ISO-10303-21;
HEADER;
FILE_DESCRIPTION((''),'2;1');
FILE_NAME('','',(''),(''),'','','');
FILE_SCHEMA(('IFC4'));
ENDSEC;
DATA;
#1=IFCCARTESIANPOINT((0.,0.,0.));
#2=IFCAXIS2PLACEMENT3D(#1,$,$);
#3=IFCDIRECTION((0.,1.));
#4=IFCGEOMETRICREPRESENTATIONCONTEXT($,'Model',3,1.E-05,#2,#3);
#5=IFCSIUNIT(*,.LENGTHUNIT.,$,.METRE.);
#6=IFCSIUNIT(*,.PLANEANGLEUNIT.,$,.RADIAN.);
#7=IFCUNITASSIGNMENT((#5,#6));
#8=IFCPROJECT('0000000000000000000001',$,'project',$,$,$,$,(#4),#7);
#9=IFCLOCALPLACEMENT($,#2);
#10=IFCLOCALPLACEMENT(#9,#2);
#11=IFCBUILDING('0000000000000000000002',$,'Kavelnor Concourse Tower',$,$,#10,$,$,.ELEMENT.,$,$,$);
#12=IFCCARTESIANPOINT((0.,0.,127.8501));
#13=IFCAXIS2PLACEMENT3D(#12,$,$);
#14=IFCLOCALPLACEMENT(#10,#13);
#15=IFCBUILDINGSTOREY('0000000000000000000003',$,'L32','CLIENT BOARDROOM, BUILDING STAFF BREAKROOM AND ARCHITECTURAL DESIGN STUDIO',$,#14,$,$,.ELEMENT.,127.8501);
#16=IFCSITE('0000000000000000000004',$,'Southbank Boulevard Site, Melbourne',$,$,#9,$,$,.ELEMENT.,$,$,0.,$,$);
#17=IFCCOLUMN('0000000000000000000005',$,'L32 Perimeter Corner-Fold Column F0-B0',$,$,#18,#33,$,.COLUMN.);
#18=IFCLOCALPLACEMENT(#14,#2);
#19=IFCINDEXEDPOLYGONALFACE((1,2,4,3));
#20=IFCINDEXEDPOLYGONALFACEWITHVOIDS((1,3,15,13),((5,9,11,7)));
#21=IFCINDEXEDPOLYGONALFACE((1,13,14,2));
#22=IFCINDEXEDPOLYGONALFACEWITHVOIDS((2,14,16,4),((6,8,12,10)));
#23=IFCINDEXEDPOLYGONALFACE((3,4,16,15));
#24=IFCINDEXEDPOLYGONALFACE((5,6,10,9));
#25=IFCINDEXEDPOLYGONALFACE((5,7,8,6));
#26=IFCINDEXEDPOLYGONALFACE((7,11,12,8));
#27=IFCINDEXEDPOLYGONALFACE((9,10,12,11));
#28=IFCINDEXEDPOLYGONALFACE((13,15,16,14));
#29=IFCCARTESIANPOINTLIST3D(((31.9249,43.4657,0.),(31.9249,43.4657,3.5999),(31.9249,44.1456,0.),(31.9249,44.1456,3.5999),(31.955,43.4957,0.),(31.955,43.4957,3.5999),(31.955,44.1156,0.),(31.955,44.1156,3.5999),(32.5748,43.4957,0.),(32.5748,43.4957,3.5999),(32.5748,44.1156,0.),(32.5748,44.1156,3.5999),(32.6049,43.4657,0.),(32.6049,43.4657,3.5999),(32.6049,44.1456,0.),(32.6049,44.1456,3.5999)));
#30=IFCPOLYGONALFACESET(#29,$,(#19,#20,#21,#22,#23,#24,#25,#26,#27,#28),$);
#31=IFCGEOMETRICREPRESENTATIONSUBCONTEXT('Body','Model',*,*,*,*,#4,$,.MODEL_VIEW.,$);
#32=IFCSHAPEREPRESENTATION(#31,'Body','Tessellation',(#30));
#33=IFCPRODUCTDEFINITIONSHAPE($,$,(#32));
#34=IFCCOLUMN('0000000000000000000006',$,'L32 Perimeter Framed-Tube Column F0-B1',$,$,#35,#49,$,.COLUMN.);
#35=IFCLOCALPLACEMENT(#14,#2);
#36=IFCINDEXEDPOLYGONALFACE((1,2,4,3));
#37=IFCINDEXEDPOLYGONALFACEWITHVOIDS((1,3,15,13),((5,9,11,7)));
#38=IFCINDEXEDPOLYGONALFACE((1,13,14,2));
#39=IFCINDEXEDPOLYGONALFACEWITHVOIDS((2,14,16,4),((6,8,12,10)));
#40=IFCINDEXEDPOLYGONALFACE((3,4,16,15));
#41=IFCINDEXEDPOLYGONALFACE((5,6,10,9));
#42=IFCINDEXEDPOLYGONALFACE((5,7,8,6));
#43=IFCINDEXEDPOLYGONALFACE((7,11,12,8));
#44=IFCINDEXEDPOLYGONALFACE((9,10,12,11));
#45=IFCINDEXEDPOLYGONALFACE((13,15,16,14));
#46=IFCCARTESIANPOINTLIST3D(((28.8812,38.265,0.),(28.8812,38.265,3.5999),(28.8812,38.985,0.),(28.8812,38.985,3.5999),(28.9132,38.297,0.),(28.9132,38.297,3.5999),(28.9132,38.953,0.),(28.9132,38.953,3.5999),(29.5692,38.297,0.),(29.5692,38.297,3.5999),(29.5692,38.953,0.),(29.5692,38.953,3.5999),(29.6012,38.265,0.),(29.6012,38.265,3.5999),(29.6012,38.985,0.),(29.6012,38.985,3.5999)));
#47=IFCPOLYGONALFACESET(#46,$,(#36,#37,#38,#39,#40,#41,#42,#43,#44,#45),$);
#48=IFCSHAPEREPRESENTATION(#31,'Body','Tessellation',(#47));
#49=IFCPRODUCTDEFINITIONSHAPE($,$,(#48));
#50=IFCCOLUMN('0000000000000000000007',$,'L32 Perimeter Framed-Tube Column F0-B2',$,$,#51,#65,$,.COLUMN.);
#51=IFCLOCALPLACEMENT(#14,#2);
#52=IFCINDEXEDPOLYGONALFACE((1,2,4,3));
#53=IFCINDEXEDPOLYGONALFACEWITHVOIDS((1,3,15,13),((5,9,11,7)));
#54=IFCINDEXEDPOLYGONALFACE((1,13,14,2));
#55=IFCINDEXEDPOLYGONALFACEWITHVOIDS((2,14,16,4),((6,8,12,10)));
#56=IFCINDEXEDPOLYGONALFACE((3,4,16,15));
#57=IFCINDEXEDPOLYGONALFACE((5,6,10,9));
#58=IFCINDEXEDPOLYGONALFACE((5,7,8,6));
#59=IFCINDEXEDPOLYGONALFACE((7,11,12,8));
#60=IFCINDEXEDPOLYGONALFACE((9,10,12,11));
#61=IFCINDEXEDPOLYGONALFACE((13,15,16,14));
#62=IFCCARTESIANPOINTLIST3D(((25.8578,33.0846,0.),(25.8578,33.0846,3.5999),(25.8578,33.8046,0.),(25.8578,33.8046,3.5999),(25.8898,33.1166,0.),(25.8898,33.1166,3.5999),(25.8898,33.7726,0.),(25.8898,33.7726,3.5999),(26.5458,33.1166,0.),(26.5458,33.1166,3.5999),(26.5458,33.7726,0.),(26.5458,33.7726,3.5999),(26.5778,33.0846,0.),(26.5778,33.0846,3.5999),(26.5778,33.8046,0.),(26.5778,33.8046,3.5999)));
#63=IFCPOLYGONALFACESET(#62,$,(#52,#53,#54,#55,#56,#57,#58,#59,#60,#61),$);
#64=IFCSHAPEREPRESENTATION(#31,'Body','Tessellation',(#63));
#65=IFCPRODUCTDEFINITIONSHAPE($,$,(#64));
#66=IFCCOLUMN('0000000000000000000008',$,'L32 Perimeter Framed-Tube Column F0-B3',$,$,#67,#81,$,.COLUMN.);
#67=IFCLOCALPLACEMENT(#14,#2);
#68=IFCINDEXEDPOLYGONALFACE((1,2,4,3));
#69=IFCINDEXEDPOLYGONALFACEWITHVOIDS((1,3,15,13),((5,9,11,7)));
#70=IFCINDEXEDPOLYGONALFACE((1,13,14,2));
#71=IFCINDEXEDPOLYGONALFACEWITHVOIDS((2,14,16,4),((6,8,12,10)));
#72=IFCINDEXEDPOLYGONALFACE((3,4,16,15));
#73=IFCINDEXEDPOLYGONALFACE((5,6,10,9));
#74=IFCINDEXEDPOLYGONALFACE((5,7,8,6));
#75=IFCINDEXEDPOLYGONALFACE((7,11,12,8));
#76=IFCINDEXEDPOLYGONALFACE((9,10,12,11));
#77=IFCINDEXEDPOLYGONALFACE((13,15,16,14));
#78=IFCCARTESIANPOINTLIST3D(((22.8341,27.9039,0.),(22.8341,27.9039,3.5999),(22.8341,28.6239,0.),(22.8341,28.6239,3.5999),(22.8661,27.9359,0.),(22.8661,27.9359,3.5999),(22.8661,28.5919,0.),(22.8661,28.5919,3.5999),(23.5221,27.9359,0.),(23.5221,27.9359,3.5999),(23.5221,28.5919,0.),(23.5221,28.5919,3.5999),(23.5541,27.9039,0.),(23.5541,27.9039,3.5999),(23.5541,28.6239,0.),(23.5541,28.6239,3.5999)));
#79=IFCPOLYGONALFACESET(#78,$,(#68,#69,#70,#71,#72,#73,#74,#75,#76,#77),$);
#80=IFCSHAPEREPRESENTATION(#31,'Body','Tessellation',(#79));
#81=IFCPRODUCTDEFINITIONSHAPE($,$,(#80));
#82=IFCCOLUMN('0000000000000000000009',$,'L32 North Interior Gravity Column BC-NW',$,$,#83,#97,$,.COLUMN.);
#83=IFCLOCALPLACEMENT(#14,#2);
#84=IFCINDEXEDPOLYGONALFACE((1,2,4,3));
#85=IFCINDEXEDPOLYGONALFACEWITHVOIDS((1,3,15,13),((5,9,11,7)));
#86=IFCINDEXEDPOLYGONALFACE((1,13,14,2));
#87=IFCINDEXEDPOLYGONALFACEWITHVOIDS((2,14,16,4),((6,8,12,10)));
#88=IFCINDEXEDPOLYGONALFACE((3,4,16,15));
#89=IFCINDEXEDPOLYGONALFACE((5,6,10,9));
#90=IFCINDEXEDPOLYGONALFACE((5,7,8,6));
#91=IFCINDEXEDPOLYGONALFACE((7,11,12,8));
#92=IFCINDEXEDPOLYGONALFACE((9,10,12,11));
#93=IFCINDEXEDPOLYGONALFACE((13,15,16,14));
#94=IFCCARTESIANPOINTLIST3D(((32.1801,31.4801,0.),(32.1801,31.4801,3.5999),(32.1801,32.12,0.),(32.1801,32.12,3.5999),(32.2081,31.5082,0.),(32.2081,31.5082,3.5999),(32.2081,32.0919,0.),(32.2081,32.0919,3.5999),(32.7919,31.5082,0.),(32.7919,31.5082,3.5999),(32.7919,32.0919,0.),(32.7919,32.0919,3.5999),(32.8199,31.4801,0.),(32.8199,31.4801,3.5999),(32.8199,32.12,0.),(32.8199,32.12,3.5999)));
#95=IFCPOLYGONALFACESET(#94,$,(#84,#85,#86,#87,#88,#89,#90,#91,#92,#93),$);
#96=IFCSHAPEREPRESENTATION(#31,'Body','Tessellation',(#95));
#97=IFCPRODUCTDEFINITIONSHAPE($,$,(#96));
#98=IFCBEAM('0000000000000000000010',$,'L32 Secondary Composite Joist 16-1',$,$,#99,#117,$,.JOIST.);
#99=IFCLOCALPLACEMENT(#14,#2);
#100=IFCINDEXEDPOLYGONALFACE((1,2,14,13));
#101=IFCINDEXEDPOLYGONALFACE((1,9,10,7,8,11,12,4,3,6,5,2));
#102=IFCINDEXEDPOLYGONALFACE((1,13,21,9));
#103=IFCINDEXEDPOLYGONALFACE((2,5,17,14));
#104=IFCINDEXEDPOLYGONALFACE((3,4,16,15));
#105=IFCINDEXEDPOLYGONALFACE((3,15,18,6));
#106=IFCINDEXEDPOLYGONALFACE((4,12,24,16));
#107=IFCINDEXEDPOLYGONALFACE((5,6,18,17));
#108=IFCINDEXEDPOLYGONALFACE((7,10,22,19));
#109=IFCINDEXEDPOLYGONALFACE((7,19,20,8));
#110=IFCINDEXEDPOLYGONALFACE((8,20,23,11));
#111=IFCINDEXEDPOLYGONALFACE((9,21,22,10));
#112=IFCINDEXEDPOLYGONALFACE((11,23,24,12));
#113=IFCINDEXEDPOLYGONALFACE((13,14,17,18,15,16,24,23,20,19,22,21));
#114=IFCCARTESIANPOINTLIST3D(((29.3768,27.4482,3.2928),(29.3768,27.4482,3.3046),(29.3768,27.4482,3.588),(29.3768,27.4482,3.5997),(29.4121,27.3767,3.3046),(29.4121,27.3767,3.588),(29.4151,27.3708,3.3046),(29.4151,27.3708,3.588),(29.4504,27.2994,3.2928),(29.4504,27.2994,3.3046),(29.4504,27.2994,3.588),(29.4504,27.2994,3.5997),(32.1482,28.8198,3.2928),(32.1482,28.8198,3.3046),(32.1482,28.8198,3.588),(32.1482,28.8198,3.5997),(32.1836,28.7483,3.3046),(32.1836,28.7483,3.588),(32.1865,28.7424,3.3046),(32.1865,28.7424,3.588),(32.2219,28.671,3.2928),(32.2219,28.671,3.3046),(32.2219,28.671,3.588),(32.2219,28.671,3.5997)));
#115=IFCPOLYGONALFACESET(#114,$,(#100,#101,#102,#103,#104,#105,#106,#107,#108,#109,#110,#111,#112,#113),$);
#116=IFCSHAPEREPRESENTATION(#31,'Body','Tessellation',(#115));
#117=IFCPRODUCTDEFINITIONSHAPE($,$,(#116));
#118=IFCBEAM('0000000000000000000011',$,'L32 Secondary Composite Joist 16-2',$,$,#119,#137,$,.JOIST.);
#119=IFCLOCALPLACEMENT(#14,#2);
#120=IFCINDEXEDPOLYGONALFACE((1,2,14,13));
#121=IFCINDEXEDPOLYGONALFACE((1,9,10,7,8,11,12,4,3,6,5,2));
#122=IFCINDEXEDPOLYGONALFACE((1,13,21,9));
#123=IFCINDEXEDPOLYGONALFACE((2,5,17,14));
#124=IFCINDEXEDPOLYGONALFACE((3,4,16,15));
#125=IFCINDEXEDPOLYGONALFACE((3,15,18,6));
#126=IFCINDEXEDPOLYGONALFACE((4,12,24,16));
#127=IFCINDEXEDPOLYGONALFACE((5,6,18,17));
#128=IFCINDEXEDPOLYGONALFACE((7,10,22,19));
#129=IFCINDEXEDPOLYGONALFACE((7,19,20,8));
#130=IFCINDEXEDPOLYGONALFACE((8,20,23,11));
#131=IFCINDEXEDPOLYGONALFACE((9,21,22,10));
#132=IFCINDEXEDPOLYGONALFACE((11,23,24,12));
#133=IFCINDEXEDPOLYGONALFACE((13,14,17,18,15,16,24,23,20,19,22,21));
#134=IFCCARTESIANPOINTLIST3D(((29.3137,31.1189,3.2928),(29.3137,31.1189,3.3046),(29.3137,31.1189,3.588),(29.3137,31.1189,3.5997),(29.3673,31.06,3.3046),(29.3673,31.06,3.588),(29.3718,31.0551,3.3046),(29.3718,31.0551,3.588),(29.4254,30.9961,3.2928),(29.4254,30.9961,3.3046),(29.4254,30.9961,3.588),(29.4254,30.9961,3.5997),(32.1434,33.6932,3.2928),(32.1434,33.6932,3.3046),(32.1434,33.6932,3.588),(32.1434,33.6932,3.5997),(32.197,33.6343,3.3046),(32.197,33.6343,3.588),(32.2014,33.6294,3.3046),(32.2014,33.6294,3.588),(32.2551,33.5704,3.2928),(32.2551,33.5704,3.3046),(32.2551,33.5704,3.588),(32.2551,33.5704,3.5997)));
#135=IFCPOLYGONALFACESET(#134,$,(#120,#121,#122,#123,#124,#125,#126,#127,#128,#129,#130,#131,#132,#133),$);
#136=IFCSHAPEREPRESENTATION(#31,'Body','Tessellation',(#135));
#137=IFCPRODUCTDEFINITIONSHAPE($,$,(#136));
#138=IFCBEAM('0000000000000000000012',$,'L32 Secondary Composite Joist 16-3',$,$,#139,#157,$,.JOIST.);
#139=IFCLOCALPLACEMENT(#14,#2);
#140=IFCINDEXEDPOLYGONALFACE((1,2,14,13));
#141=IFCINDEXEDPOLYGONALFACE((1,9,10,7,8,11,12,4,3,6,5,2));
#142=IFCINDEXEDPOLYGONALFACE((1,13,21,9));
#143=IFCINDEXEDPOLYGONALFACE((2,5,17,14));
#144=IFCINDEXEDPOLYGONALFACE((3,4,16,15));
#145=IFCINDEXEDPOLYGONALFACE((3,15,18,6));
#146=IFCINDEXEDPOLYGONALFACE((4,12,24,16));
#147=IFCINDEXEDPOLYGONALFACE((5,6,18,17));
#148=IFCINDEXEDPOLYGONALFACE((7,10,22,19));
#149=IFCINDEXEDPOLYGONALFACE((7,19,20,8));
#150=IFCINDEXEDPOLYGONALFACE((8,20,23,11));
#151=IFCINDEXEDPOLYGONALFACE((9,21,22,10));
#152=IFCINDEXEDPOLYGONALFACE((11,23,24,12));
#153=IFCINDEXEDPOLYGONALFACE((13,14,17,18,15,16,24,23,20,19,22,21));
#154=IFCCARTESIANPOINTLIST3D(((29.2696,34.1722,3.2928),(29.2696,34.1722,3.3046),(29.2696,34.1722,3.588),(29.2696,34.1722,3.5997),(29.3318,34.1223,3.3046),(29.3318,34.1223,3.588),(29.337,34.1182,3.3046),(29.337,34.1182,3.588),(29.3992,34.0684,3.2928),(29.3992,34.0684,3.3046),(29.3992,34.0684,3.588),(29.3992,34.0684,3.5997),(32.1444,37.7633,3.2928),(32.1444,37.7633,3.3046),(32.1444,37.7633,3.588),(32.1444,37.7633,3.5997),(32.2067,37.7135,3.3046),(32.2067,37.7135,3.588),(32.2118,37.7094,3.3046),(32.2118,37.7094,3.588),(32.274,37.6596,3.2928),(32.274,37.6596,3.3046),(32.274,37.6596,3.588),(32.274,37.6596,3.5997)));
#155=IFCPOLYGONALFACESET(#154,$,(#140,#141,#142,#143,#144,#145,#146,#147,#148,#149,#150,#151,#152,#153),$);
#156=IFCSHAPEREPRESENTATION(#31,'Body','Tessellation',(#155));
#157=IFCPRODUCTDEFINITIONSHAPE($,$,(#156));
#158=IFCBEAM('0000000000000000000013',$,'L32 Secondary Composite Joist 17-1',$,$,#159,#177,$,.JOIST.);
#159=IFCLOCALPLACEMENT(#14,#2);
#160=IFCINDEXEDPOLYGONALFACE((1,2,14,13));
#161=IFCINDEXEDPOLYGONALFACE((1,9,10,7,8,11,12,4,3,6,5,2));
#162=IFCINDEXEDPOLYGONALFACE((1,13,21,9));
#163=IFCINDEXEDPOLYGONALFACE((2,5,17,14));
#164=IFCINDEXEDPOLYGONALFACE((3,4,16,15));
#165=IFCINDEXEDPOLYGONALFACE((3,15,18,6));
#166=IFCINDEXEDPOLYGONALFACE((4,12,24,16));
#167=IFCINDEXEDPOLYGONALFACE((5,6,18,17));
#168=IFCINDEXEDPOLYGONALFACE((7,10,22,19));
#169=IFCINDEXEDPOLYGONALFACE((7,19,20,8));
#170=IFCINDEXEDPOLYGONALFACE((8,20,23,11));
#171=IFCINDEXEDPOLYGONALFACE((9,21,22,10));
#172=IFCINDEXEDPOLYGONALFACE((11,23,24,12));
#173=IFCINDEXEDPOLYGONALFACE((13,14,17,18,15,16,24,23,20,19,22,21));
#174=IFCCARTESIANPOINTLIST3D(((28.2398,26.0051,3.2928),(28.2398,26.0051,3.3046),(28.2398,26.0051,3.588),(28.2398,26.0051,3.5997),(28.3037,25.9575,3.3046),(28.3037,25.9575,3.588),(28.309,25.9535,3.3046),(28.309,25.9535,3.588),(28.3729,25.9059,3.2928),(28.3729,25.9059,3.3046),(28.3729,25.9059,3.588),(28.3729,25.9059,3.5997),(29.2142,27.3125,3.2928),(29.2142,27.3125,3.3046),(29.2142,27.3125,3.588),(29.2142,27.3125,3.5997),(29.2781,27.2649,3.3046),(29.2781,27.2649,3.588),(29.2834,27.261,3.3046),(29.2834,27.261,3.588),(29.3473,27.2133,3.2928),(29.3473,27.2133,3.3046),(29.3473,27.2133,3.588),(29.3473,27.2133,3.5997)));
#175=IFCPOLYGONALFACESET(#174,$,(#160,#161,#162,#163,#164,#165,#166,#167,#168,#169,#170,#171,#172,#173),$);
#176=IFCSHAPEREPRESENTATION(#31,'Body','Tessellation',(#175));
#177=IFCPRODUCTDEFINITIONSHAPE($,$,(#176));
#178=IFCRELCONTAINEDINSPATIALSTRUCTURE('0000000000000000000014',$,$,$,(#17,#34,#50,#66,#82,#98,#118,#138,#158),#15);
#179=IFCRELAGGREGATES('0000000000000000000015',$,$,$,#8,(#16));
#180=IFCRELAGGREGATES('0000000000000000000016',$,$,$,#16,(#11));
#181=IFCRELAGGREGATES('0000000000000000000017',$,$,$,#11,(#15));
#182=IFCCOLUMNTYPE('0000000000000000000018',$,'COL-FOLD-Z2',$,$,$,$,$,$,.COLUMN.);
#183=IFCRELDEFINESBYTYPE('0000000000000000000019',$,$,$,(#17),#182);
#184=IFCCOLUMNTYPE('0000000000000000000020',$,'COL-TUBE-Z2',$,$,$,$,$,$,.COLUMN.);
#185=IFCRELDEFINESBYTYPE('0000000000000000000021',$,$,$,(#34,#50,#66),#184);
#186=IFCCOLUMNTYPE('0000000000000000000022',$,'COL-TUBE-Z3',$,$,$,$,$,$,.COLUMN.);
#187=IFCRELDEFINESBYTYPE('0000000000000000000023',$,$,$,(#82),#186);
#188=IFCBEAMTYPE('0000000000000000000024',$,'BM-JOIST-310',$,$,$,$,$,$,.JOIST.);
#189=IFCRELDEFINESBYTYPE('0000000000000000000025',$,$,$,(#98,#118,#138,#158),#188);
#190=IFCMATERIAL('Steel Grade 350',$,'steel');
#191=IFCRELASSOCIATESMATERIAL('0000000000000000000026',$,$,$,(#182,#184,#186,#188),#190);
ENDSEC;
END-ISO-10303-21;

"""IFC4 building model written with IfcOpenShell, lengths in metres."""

from ifc_helpers import new_model, si_unit, direction, frame, origin, origin_2d, place, context, subcontext, project, spatial, hollow_rectangle, i_section, extrude, material, material_profile, profile_set, type_object, element, save


model = new_model("IFC4")

# Units and contexts
model_context = context("Model", 3, precision=1e-05, world=origin(), true_north=direction((0.0, 1.0)))
body_context = subcontext(model_context, "Body", "Model", "MODEL_VIEW")
ifc_project = project(units=[si_unit("LENGTHUNIT", "METRE"), si_unit("PLANEANGLEUNIT", "RADIAN")], contexts=[model_context])

# Site, building, storey
site_placement = place(None, origin())
site = spatial("IfcSite", under=ifc_project, at=site_placement, Name="Southbank Boulevard Site, Melbourne", CompositionType="ELEMENT", RefElevation=0.0)
building_placement = place(site_placement, origin())
building = spatial("IfcBuilding", under=site, at=building_placement, Name="Kavelnor Concourse Tower", CompositionType="ELEMENT")
storey_placement = place(building_placement, frame((0.0, 0.0, 127.8501)))
storey = spatial("IfcBuildingStorey", under=building, at=storey_placement, Name="L32", Description="CLIENT BOARDROOM, BUILDING STAFF BREAKROOM AND ARCHITECTURAL DESIGN STUDIO", CompositionType="ELEMENT", Elevation=127.8501)

# Columns
ifc_material_1 = material(Name="Steel Grade 350", Category="steel")
ifc_material_profile_1 = material_profile(ifc_material_1, hollow_rectangle(XDim=0.6799, YDim=0.6799, WallThickness=0.03, at=origin_2d()), Name="SHS 680x680x30")
ifc_profile_set_1 = profile_set([ifc_material_profile_1], Name="Steel Grade 350")
column_type_1 = type_object("IfcColumnType", Name="COL-FOLD-Z2", PredefinedType="COLUMN", material=ifc_profile_set_1)
column_1_placement = place(storey_placement, frame((32.2649, 43.8057, 0.0), z_axis=(0.0, 0.0, 1.0), x_axis=(1.0, 0.0, 0.0)))
element("IfcColumn", 1, at=column_1_placement, inside=storey, type_object=column_type_1, Name="L32 Perimeter Corner-Fold Column F0-B0", PredefinedType="COLUMN", context=body_context, shape_type="SweptSolid", body=[
    extrude(hollow_rectangle(XDim=0.6799, YDim=0.6799, WallThickness=0.03, at=origin_2d()), origin(), (0.0, 0.0, 1.0), 3.5999),
])
ifc_material_profile_2 = material_profile(ifc_material_1, hollow_rectangle(XDim=0.72, YDim=0.72, WallThickness=0.032, at=origin_2d()), Name="SHS 720x720x32")
ifc_profile_set_2 = profile_set([ifc_material_profile_2], Name="Steel Grade 350")
column_type_2 = type_object("IfcColumnType", Name="COL-TUBE-Z2", PredefinedType="COLUMN", material=ifc_profile_set_2)
for number, where, z_axis, x_axis, name in (
    (2, (29.2412, 38.625, 0.0), (0.0, 0.0, 1.0), (1.0, 0.0, 0.0), "L32 Perimeter Framed-Tube Column F0-B1"),
    (3, (26.2178, 33.4446, 0.0), (0.0, 0.0, 1.0), (1.0, 0.0, 0.0), "L32 Perimeter Framed-Tube Column F0-B2"),
    (4, (23.1941, 28.2639, 0.0), (0.0, 0.0, 1.0), (1.0, 0.0, 0.0), "L32 Perimeter Framed-Tube Column F0-B3"),
):
    element("IfcColumn", number, at=place(storey_placement, frame(where, z_axis=z_axis, x_axis=x_axis)), inside=storey, type_object=column_type_2, Name=name, PredefinedType="COLUMN", context=body_context, shape_type="SweptSolid", body=[
        extrude(hollow_rectangle(XDim=0.72, YDim=0.72, WallThickness=0.032, at=origin_2d()), origin(), (0.0, 0.0, 1.0), 3.5999),
    ])
ifc_material_profile_3 = material_profile(ifc_material_1, hollow_rectangle(XDim=0.6399, YDim=0.6399, WallThickness=0.0281, at=origin_2d()), Name="SHS 640x640x28")
ifc_profile_set_3 = profile_set([ifc_material_profile_3], Name="Steel Grade 350")
column_type_3 = type_object("IfcColumnType", Name="COL-TUBE-Z3", PredefinedType="COLUMN", material=ifc_profile_set_3)
column_2_placement = place(storey_placement, frame((32.5, 31.8, 0.0), z_axis=(0.0, 0.0, 1.0), x_axis=(1.0, 0.0, 0.0)))
element("IfcColumn", 5, at=column_2_placement, inside=storey, type_object=column_type_3, Name="L32 North Interior Gravity Column BC-NW", PredefinedType="COLUMN", context=body_context, shape_type="SweptSolid", body=[
    extrude(hollow_rectangle(XDim=0.6399, YDim=0.6399, WallThickness=0.0281, at=origin_2d()), origin(), (0.0, 0.0, 1.0), 3.5999),
])

# Beams
ifc_material_profile_4 = material_profile(ifc_material_1, i_section(OverallWidth=0.166, OverallDepth=0.3069, WebThickness=0.0066, FlangeThickness=0.0117, at=origin_2d()), Name="310UB46")
ifc_profile_set_4 = profile_set([ifc_material_profile_4], Name="Steel Grade 350")
beam_type_1 = type_object("IfcBeamType", Name="BM-JOIST-310", PredefinedType="JOIST", material=ifc_profile_set_4)
beam_1_placement = place(storey_placement, frame((32.1851, 28.7454, 3.4463), z_axis=(-0.896251, -0.443547, 0.0), x_axis=(0.443547, -0.896251, 0.0)))
element("IfcBeam", 6, at=beam_1_placement, inside=storey, type_object=beam_type_1, Name="L32 Secondary Composite Joist 16-1", PredefinedType="JOIST", context=body_context, shape_type="SweptSolid", body=[
    extrude(i_section(OverallWidth=0.166, OverallDepth=0.3069, WebThickness=0.0066, FlangeThickness=0.0117, at=origin_2d()), origin(), (0.0, 0.0, 1.0), 3.0923),
])
beam_2_placement = place(storey_placement, frame((32.1992, 33.6318, 3.4463), z_axis=(-0.739697, -0.67294, 0.0), x_axis=(0.67294, -0.739697, 0.0)))
element("IfcBeam", 7, at=beam_2_placement, inside=storey, type_object=beam_type_1, Name="L32 Secondary Composite Joist 16-2", PredefinedType="JOIST", context=body_context, shape_type="SweptSolid", body=[
    extrude(i_section(OverallWidth=0.166, OverallDepth=0.3069, WebThickness=0.0066, FlangeThickness=0.0117, at=origin_2d()), origin(), (0.0, 0.0, 1.0), 3.8254),
])
beam_3_placement = place(storey_placement, frame((32.2092, 37.7114, 3.4463), z_axis=(-0.624947, -0.780667, 0.0), x_axis=(0.780667, -0.624947, 0.0)))
element("IfcBeam", 8, at=beam_3_placement, inside=storey, type_object=beam_type_1, Name="L32 Secondary Composite Joist 16-3", PredefinedType="JOIST", context=body_context, shape_type="SweptSolid", body=[
    extrude(i_section(OverallWidth=0.166, OverallDepth=0.3069, WebThickness=0.0066, FlangeThickness=0.0117, at=origin_2d()), origin(), (0.0, 0.0, 1.0), 4.6001),
])
beam_4_placement = place(storey_placement, frame((29.2808, 27.2629, 3.4463), z_axis=(-0.597578, -0.801811, 0.0), x_axis=(0.801811, -0.597578, 0.0)))
element("IfcBeam", 9, at=beam_4_placement, inside=storey, type_object=beam_type_1, Name="L32 Secondary Composite Joist 17-1", PredefinedType="JOIST", context=body_context, shape_type="SweptSolid", body=[
    extrude(i_section(OverallWidth=0.166, OverallDepth=0.3069, WebThickness=0.0066, FlangeThickness=0.0117, at=origin_2d()), origin(), (0.0, 0.0, 1.0), 1.6306),
])

save(model, "model.ifc")
